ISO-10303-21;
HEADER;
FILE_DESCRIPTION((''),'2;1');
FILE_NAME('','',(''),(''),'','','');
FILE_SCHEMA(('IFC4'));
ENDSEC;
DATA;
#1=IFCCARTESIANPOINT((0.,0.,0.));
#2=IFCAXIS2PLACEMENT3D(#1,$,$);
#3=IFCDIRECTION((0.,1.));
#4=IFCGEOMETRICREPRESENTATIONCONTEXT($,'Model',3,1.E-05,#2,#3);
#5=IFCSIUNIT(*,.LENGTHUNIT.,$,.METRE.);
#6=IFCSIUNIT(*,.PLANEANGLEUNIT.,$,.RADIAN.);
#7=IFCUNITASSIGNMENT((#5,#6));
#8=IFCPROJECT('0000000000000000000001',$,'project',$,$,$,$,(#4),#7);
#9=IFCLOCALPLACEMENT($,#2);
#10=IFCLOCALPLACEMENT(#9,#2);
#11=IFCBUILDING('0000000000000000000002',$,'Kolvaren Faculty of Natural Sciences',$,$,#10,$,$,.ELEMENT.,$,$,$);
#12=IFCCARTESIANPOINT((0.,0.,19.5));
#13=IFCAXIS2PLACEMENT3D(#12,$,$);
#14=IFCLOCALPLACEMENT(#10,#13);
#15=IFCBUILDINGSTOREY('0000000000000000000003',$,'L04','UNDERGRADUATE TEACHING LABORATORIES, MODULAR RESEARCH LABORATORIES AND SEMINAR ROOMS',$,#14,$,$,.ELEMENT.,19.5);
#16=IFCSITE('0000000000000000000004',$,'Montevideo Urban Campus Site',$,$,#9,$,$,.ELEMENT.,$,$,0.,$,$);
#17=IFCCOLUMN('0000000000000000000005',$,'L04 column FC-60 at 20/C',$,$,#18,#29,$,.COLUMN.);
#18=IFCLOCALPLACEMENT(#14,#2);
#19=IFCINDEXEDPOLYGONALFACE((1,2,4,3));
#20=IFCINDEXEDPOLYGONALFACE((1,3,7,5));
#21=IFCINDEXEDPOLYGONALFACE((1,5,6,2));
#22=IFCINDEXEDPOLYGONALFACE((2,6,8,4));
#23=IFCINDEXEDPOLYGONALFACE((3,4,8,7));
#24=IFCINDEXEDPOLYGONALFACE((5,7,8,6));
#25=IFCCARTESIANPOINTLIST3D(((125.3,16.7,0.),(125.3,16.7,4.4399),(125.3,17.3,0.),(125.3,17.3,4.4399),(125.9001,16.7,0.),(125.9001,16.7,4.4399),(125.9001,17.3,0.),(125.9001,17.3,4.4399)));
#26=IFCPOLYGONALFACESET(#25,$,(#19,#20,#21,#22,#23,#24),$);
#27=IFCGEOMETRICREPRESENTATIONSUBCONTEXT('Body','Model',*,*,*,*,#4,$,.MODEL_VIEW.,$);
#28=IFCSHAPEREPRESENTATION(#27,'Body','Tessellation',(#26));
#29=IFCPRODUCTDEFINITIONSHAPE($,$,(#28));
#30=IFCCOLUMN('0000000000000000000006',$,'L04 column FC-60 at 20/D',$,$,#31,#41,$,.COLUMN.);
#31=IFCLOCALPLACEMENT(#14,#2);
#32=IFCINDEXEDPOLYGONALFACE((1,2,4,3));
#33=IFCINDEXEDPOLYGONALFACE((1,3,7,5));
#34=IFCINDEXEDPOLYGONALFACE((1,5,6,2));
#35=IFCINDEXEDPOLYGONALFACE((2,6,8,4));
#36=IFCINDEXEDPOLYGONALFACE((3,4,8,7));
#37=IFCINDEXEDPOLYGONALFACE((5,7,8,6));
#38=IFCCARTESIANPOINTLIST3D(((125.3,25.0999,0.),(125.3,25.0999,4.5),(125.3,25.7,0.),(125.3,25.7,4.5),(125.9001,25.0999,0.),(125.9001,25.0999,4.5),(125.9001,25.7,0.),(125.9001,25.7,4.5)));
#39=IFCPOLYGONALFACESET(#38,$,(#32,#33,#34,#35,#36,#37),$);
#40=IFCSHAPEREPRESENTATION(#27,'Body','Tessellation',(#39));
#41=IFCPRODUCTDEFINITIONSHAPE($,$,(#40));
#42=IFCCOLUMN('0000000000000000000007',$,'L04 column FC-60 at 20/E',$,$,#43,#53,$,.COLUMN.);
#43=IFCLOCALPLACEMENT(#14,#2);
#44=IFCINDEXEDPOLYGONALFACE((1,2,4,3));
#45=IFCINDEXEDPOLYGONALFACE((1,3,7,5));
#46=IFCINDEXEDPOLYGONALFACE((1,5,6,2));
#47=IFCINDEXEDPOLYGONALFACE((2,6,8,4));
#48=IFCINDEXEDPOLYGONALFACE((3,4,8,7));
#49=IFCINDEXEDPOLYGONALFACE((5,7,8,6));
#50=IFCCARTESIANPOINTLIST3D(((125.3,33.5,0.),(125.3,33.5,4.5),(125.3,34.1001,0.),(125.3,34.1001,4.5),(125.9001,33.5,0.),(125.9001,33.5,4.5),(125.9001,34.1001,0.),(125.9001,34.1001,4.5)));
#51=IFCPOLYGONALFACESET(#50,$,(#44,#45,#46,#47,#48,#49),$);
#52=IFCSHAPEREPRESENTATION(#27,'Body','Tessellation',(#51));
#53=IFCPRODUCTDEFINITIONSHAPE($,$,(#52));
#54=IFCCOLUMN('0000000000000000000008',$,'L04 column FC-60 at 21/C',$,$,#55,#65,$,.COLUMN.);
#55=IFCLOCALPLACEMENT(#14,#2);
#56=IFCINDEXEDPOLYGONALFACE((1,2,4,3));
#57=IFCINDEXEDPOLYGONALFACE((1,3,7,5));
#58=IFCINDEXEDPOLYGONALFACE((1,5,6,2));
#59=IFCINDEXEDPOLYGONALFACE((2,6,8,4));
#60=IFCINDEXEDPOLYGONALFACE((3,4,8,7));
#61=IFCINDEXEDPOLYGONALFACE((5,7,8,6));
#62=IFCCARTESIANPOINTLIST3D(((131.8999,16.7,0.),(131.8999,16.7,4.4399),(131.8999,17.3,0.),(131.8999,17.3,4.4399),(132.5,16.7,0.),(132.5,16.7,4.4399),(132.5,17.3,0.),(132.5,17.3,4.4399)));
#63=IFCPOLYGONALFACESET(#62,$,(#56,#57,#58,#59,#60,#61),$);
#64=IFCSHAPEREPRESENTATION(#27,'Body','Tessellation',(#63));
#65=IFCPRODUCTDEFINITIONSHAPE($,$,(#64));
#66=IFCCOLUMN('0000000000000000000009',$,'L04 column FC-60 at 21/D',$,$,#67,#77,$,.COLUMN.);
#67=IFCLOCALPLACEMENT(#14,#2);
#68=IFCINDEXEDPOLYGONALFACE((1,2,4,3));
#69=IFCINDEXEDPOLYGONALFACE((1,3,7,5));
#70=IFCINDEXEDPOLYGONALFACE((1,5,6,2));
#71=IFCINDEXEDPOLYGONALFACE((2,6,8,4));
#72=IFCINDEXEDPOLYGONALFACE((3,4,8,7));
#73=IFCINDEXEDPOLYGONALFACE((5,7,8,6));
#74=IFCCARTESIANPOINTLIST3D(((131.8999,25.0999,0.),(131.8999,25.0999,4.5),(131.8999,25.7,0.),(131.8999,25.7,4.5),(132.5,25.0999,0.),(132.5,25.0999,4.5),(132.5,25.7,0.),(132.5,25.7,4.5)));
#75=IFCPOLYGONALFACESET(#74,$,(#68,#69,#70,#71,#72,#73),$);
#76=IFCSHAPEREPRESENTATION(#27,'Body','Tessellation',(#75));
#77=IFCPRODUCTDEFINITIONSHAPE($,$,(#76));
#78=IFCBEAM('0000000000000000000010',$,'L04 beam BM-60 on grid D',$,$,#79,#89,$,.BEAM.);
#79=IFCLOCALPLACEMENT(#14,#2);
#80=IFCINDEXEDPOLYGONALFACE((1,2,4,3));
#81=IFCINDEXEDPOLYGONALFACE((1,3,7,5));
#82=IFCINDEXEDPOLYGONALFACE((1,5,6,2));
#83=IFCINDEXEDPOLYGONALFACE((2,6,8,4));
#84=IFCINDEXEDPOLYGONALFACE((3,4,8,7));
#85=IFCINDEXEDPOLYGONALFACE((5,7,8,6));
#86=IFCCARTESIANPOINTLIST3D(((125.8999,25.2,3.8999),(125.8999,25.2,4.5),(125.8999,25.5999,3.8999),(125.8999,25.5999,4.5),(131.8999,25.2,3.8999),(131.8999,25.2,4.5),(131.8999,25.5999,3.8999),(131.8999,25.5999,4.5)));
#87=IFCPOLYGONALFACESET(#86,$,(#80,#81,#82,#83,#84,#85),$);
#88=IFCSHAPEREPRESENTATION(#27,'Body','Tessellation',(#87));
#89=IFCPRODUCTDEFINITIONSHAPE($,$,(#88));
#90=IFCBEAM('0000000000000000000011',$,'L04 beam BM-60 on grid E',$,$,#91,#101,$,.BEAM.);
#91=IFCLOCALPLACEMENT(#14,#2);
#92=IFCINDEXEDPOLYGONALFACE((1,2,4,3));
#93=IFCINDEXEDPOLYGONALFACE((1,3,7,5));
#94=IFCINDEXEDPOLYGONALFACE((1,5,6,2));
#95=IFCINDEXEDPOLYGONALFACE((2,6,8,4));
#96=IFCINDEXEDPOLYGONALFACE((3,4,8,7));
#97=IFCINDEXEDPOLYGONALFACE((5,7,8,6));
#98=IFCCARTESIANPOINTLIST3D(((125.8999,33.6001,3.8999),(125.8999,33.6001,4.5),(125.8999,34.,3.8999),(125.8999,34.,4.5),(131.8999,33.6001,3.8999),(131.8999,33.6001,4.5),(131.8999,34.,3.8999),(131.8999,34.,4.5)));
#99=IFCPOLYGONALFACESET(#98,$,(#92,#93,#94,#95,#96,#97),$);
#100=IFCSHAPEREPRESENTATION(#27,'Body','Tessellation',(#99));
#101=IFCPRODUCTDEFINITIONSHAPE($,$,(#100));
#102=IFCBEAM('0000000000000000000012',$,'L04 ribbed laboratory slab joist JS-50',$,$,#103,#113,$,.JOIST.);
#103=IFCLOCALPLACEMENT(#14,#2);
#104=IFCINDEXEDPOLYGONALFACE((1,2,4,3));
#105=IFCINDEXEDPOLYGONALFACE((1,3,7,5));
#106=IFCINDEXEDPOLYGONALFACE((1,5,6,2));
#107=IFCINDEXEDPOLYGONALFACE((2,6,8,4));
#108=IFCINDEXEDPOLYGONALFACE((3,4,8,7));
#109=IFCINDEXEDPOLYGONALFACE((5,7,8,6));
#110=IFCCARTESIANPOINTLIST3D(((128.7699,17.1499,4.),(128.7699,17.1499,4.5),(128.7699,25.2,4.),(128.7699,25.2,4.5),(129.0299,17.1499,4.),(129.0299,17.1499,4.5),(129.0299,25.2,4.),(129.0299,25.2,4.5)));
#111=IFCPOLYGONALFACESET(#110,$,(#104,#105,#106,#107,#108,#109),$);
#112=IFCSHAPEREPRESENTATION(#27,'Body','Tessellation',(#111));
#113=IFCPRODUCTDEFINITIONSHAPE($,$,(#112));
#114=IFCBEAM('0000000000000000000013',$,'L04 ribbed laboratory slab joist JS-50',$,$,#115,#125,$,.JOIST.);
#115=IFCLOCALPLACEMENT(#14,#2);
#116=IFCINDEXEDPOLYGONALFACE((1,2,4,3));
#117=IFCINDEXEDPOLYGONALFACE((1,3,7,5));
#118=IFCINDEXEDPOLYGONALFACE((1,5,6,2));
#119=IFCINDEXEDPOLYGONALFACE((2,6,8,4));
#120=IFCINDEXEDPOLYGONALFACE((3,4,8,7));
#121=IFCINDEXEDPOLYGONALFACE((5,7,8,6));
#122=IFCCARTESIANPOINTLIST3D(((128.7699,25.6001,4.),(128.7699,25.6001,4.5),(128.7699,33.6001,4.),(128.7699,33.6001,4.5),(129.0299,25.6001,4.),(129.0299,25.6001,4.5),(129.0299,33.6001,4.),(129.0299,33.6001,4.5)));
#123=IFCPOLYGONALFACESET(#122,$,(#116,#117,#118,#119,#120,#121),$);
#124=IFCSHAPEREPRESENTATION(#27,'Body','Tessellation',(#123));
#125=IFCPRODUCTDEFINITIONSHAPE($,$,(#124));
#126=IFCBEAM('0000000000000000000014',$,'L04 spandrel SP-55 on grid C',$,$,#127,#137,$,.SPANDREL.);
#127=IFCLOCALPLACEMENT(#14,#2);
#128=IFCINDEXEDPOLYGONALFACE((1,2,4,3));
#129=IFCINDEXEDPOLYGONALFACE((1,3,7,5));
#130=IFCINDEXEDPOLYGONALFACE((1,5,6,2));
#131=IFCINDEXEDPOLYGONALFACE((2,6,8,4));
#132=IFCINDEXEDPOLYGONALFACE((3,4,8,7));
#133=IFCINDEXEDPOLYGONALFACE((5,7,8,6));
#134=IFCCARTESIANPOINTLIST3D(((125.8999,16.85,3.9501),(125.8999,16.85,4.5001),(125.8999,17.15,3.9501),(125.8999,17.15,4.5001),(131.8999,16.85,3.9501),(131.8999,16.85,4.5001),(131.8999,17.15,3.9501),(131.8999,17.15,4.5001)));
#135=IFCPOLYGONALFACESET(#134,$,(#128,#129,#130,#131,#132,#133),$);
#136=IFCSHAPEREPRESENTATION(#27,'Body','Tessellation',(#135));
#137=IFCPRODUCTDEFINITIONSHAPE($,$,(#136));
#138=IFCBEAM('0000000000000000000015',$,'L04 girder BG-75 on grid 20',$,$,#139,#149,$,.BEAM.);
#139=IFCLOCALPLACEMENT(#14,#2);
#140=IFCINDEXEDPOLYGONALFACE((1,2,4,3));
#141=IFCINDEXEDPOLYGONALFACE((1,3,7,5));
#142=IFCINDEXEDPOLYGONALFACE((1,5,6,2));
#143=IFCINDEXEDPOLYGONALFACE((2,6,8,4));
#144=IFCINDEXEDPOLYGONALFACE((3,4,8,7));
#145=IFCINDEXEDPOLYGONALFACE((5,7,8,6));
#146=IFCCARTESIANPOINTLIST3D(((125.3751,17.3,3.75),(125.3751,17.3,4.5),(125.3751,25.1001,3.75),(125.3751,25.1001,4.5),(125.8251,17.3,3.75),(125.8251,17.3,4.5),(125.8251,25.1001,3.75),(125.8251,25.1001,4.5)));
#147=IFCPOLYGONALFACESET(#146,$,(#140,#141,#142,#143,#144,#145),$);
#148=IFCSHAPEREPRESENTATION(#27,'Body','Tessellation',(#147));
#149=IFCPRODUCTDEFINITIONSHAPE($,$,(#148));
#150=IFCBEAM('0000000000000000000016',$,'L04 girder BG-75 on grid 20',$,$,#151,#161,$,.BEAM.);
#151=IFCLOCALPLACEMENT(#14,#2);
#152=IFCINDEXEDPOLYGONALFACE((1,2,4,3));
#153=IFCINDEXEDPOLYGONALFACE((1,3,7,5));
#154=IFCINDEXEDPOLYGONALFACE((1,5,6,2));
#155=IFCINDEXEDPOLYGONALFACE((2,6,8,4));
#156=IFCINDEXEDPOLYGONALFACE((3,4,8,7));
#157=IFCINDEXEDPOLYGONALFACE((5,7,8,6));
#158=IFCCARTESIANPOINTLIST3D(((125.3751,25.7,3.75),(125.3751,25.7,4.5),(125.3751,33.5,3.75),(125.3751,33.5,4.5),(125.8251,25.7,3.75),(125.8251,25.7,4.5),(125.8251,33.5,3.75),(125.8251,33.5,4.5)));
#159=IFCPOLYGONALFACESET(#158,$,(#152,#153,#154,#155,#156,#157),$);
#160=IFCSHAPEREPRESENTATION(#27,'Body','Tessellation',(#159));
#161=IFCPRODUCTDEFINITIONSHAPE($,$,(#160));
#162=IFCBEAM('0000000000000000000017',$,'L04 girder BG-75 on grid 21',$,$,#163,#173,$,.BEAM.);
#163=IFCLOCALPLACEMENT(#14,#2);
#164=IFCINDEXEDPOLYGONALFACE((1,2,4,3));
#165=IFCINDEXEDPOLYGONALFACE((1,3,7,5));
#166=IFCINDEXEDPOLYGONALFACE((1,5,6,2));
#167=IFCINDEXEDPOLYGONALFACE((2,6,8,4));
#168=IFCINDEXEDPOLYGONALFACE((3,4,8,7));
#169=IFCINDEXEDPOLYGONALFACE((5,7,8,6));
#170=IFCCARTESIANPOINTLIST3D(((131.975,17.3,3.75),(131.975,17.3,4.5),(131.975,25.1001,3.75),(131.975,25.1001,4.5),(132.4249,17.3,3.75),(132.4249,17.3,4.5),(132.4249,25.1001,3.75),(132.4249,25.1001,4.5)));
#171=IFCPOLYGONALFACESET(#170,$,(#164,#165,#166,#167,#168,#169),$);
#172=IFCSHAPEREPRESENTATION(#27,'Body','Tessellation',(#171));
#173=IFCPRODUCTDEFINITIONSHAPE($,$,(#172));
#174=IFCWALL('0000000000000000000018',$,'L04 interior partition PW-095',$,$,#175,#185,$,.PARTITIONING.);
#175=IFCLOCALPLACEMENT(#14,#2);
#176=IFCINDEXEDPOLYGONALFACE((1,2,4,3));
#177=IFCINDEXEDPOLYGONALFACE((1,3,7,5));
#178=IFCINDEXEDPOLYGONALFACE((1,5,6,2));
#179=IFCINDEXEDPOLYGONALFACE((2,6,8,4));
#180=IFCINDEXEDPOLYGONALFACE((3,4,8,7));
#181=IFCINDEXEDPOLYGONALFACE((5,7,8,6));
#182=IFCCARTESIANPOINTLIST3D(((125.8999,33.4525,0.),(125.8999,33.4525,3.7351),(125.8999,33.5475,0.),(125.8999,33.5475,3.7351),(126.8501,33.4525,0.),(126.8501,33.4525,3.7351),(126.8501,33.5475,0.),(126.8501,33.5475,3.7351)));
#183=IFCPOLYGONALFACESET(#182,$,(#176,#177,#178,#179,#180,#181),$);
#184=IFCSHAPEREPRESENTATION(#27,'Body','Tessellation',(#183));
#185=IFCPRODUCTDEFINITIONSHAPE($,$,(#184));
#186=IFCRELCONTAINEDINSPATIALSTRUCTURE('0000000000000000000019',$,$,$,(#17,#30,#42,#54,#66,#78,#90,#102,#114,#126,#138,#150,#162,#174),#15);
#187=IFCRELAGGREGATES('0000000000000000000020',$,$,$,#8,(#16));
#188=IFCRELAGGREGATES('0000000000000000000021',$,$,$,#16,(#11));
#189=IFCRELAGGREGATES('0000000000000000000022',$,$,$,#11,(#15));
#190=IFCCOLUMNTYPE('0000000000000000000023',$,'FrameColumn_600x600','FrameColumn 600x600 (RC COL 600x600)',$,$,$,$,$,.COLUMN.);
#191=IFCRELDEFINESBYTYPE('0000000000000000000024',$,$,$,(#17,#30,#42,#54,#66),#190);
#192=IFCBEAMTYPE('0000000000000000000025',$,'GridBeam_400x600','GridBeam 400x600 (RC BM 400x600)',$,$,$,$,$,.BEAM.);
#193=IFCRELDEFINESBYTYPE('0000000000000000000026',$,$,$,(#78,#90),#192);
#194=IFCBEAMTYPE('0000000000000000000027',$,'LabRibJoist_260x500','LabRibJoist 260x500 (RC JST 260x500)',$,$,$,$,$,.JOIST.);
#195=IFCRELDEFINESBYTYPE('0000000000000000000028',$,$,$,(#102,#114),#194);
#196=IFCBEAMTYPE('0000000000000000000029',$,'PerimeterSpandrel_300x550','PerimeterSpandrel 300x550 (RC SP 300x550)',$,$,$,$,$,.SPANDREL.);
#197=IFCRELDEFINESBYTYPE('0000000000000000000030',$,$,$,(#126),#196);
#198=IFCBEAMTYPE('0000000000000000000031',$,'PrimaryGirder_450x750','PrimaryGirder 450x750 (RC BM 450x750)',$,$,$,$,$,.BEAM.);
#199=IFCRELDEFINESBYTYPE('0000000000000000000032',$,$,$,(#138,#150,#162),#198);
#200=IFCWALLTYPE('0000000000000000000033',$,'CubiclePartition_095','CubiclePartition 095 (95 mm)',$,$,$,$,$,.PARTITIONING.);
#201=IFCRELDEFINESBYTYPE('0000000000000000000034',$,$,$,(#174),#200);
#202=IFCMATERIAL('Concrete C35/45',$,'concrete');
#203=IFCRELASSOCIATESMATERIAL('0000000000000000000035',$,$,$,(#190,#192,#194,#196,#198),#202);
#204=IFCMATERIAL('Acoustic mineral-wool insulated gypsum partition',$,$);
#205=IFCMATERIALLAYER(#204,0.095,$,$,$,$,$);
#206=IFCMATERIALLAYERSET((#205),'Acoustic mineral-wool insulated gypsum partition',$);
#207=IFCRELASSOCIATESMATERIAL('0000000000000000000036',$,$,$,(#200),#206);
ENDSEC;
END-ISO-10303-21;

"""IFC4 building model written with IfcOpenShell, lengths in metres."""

from ifc_helpers import new_model, si_unit, direction, frame, frame_2d, origin, origin_2d, place, context, subcontext, project, spatial, rectangle, extrude, material, layer, layer_set, material_profile, profile_set, type_object, element, save


model = new_model("IFC4")

# Units and contexts
model_context = context("Model", 3, precision=1e-05, world=origin(), true_north=direction((0.0, 1.0)))
body_context = subcontext(model_context, "Body", "Model", "MODEL_VIEW")
ifc_project = project(units=[si_unit("LENGTHUNIT", "METRE"), si_unit("PLANEANGLEUNIT", "RADIAN")], contexts=[model_context])

# Site, building, storey
site_placement = place(None, origin())
site = spatial("IfcSite", under=ifc_project, at=site_placement, Name="Montevideo Urban Campus Site", CompositionType="ELEMENT", RefElevation=0.0)
building_placement = place(site_placement, origin())
building = spatial("IfcBuilding", under=site, at=building_placement, Name="Kolvaren Faculty of Natural Sciences", CompositionType="ELEMENT")
storey_placement = place(building_placement, frame((0.0, 0.0, 19.5)))
storey = spatial("IfcBuildingStorey", under=building, at=storey_placement, Name="L04", Description="UNDERGRADUATE TEACHING LABORATORIES, MODULAR RESEARCH LABORATORIES AND SEMINAR ROOMS", CompositionType="ELEMENT", Elevation=19.5)

# Columns
ifc_material_1 = material(Name="Concrete C35/45", Category="concrete")
ifc_material_profile_1 = material_profile(ifc_material_1, rectangle(XDim=0.6001, YDim=0.6001, at=origin_2d()), Name="RC COL 600x600")
ifc_profile_set_1 = profile_set([ifc_material_profile_1], Name="Concrete C35/45")
column_type = type_object("IfcColumnType", Name="FrameColumn_600x600", Description="FrameColumn 600x600 (RC COL 600x600)", PredefinedType="COLUMN", material=ifc_profile_set_1)
column_1_placement = place(storey_placement, frame((125.6001, 17.0, 0.0), z_axis=(0.0, 0.0, 1.0), x_axis=(1.0, 0.0, 0.0)))
element("IfcColumn", 1, at=column_1_placement, inside=storey, type_object=column_type, Name="L04 column FC-60 at 20/C", PredefinedType="COLUMN", context=body_context, shape_type="SweptSolid", body=[
    extrude(rectangle(XDim=0.6001, YDim=0.6001, at=origin_2d()), origin(), (0.0, 0.0, 1.0), 4.4399),
])
for number, where, z_axis, x_axis, name in (
    (2, (125.6001, 25.3999, 0.0), (0.0, 0.0, 1.0), (1.0, 0.0, 0.0), "L04 column FC-60 at 20/D"),
    (3, (125.6001, 33.8, 0.0), (0.0, 0.0, 1.0), (1.0, 0.0, 0.0), "L04 column FC-60 at 20/E"),
):
    element("IfcColumn", number, at=place(storey_placement, frame(where, z_axis=z_axis, x_axis=x_axis)), inside=storey, type_object=column_type, Name=name, PredefinedType="COLUMN", context=body_context, shape_type="SweptSolid", body=[
        extrude(rectangle(XDim=0.6001, YDim=0.6001, at=origin_2d()), origin(), (0.0, 0.0, 1.0), 4.5),
    ])
column_2_placement = place(storey_placement, frame((132.2, 17.0, 0.0), z_axis=(0.0, 0.0, 1.0), x_axis=(1.0, 0.0, 0.0)))
element("IfcColumn", 4, at=column_2_placement, inside=storey, type_object=column_type, Name="L04 column FC-60 at 21/C", PredefinedType="COLUMN", context=body_context, shape_type="SweptSolid", body=[
    extrude(rectangle(XDim=0.6001, YDim=0.6001, at=origin_2d()), origin(), (0.0, 0.0, 1.0), 4.4399),
])
column_3_placement = place(storey_placement, frame((132.2, 25.3999, 0.0), z_axis=(0.0, 0.0, 1.0), x_axis=(1.0, 0.0, 0.0)))
element("IfcColumn", 5, at=column_3_placement, inside=storey, type_object=column_type, Name="L04 column FC-60 at 21/D", PredefinedType="COLUMN", context=body_context, shape_type="SweptSolid", body=[
    extrude(rectangle(XDim=0.6001, YDim=0.6001, at=origin_2d()), origin(), (0.0, 0.0, 1.0), 4.5),
])

# Beams
ifc_material_profile_2 = material_profile(ifc_material_1, rectangle(XDim=0.3999, YDim=0.6001, at=origin_2d()), Name="RC BM 400x600")
ifc_profile_set_2 = profile_set([ifc_material_profile_2], Name="Concrete C35/45")
beam_type_1 = type_object("IfcBeamType", Name="GridBeam_400x600", Description="GridBeam 400x600 (RC BM 400x600)", PredefinedType="BEAM", material=ifc_profile_set_2)
for number, where, z_axis, x_axis, name in (
    (6, (125.8999, 25.3999, 4.2), (1.0, 0.0, 0.0), (0.0, 1.0, 0.0), "L04 beam BM-60 on grid D"),
    (7, (125.8999, 33.8, 4.2), (1.0, 0.0, 0.0), (0.0, 1.0, 0.0), "L04 beam BM-60 on grid E"),
):
    element("IfcBeam", number, at=place(storey_placement, frame(where, z_axis=z_axis, x_axis=x_axis)), inside=storey, type_object=beam_type_1, Name=name, PredefinedType="BEAM", context=body_context, shape_type="SweptSolid", body=[
        extrude(rectangle(XDim=0.3999, YDim=0.6001, at=origin_2d()), origin(), (0.0, 0.0, 1.0), 6.0),
    ])
ifc_material_profile_3 = material_profile(ifc_material_1, rectangle(XDim=0.26, YDim=0.5, at=origin_2d()), Name="RC JST 260x500")
ifc_profile_set_3 = profile_set([ifc_material_profile_3], Name="Concrete C35/45")
beam_type_2 = type_object("IfcBeamType", Name="LabRibJoist_260x500", Description="LabRibJoist 260x500 (RC JST 260x500)", PredefinedType="JOIST", material=ifc_profile_set_3)
beam_1_placement = place(storey_placement, frame((128.8999, 17.1499, 4.25), z_axis=(0.0, 1.0, 0.0), x_axis=(-1.0, 0.0, 0.0)))
element("IfcBeam", 8, at=beam_1_placement, inside=storey, type_object=beam_type_2, Name="L04 ribbed laboratory slab joist JS-50", PredefinedType="JOIST", context=body_context, shape_type="SweptSolid", body=[
    extrude(rectangle(XDim=0.26, YDim=0.5, at=origin_2d()), origin(), (0.0, 0.0, 1.0), 8.05),
])
beam_2_placement = place(storey_placement, frame((128.8999, 25.6001, 4.25), z_axis=(0.0, 1.0, 0.0), x_axis=(-1.0, 0.0, 0.0)))
element("IfcBeam", 9, at=beam_2_placement, inside=storey, type_object=beam_type_2, Name="L04 ribbed laboratory slab joist JS-50", PredefinedType="JOIST", context=body_context, shape_type="SweptSolid", body=[
    extrude(rectangle(XDim=0.26, YDim=0.5, at=origin_2d()), origin(), (0.0, 0.0, 1.0), 8.0),
])
ifc_material_profile_4 = material_profile(ifc_material_1, rectangle(XDim=0.3, YDim=0.55, at=origin_2d()), Name="RC SP 300x550")
ifc_profile_set_4 = profile_set([ifc_material_profile_4], Name="Concrete C35/45")
beam_type_3 = type_object("IfcBeamType", Name="PerimeterSpandrel_300x550", Description="PerimeterSpandrel 300x550 (RC SP 300x550)", PredefinedType="SPANDREL", material=ifc_profile_set_4)
beam_3_placement = place(storey_placement, frame((125.8999, 17.0, 4.2251), z_axis=(1.0, 0.0, 0.0), x_axis=(0.0, 1.0, 0.0)))
element("IfcBeam", 10, at=beam_3_placement, inside=storey, type_object=beam_type_3, Name="L04 spandrel SP-55 on grid C", PredefinedType="SPANDREL", context=body_context, shape_type="SweptSolid", body=[
    extrude(rectangle(XDim=0.3, YDim=0.55, at=origin_2d()), origin(), (0.0, 0.0, 1.0), 6.0),
])
ifc_material_profile_5 = material_profile(ifc_material_1, rectangle(XDim=0.45, YDim=0.75, at=origin_2d()), Name="RC BM 450x750")
ifc_profile_set_5 = profile_set([ifc_material_profile_5], Name="Concrete C35/45")
beam_type_4 = type_object("IfcBeamType", Name="PrimaryGirder_450x750", Description="PrimaryGirder 450x750 (RC BM 450x750)", PredefinedType="BEAM", material=ifc_profile_set_5)
for number, where, z_axis, x_axis, name in (
    (11, (125.6001, 17.3, 4.125), (0.0, 1.0, 0.0), (-1.0, 0.0, 0.0), "L04 girder BG-75 on grid 20"),
    (12, (125.6001, 25.7, 4.125), (0.0, 1.0, 0.0), (-1.0, 0.0, 0.0), "L04 girder BG-75 on grid 20"),
    (13, (132.2, 17.3, 4.125), (0.0, 1.0, 0.0), (-1.0, 0.0, 0.0), "L04 girder BG-75 on grid 21"),
):
    element("IfcBeam", number, at=place(storey_placement, frame(where, z_axis=z_axis, x_axis=x_axis)), inside=storey, type_object=beam_type_4, Name=name, PredefinedType="BEAM", context=body_context, shape_type="SweptSolid", body=[
        extrude(rectangle(XDim=0.45, YDim=0.75, at=origin_2d()), origin(), (0.0, 0.0, 1.0), 7.8),
    ])

# Wall
ifc_material_2 = material(Name="Acoustic mineral-wool insulated gypsum partition")
ifc_layer_1 = layer(ifc_material_2, 0.095)
ifc_layer_set_1 = layer_set([ifc_layer_1], Name="Acoustic mineral-wool insulated gypsum partition")
wall_type_1 = type_object("IfcWallType", Name="CubiclePartition_095", Description="CubiclePartition 095 (95 mm)", PredefinedType="PARTITIONING", material=ifc_layer_set_1)
wall_1_placement = place(storey_placement, frame((126.8501, 33.5, 0.0), z_axis=(0.0, 0.0, 1.0), x_axis=(-1.0, 0.0, 0.0)))
element("IfcWall", 14, at=wall_1_placement, inside=storey, type_object=wall_type_1, Name="L04 interior partition PW-095", PredefinedType="PARTITIONING", context=body_context, shape_type="SweptSolid", body=[
    extrude(rectangle(XDim=0.9502, YDim=0.095, at=frame_2d((0.4751, 0.0))), origin(), (0.0, 0.0, 1.0), 3.7351),
])

save(model, "model.ifc")
